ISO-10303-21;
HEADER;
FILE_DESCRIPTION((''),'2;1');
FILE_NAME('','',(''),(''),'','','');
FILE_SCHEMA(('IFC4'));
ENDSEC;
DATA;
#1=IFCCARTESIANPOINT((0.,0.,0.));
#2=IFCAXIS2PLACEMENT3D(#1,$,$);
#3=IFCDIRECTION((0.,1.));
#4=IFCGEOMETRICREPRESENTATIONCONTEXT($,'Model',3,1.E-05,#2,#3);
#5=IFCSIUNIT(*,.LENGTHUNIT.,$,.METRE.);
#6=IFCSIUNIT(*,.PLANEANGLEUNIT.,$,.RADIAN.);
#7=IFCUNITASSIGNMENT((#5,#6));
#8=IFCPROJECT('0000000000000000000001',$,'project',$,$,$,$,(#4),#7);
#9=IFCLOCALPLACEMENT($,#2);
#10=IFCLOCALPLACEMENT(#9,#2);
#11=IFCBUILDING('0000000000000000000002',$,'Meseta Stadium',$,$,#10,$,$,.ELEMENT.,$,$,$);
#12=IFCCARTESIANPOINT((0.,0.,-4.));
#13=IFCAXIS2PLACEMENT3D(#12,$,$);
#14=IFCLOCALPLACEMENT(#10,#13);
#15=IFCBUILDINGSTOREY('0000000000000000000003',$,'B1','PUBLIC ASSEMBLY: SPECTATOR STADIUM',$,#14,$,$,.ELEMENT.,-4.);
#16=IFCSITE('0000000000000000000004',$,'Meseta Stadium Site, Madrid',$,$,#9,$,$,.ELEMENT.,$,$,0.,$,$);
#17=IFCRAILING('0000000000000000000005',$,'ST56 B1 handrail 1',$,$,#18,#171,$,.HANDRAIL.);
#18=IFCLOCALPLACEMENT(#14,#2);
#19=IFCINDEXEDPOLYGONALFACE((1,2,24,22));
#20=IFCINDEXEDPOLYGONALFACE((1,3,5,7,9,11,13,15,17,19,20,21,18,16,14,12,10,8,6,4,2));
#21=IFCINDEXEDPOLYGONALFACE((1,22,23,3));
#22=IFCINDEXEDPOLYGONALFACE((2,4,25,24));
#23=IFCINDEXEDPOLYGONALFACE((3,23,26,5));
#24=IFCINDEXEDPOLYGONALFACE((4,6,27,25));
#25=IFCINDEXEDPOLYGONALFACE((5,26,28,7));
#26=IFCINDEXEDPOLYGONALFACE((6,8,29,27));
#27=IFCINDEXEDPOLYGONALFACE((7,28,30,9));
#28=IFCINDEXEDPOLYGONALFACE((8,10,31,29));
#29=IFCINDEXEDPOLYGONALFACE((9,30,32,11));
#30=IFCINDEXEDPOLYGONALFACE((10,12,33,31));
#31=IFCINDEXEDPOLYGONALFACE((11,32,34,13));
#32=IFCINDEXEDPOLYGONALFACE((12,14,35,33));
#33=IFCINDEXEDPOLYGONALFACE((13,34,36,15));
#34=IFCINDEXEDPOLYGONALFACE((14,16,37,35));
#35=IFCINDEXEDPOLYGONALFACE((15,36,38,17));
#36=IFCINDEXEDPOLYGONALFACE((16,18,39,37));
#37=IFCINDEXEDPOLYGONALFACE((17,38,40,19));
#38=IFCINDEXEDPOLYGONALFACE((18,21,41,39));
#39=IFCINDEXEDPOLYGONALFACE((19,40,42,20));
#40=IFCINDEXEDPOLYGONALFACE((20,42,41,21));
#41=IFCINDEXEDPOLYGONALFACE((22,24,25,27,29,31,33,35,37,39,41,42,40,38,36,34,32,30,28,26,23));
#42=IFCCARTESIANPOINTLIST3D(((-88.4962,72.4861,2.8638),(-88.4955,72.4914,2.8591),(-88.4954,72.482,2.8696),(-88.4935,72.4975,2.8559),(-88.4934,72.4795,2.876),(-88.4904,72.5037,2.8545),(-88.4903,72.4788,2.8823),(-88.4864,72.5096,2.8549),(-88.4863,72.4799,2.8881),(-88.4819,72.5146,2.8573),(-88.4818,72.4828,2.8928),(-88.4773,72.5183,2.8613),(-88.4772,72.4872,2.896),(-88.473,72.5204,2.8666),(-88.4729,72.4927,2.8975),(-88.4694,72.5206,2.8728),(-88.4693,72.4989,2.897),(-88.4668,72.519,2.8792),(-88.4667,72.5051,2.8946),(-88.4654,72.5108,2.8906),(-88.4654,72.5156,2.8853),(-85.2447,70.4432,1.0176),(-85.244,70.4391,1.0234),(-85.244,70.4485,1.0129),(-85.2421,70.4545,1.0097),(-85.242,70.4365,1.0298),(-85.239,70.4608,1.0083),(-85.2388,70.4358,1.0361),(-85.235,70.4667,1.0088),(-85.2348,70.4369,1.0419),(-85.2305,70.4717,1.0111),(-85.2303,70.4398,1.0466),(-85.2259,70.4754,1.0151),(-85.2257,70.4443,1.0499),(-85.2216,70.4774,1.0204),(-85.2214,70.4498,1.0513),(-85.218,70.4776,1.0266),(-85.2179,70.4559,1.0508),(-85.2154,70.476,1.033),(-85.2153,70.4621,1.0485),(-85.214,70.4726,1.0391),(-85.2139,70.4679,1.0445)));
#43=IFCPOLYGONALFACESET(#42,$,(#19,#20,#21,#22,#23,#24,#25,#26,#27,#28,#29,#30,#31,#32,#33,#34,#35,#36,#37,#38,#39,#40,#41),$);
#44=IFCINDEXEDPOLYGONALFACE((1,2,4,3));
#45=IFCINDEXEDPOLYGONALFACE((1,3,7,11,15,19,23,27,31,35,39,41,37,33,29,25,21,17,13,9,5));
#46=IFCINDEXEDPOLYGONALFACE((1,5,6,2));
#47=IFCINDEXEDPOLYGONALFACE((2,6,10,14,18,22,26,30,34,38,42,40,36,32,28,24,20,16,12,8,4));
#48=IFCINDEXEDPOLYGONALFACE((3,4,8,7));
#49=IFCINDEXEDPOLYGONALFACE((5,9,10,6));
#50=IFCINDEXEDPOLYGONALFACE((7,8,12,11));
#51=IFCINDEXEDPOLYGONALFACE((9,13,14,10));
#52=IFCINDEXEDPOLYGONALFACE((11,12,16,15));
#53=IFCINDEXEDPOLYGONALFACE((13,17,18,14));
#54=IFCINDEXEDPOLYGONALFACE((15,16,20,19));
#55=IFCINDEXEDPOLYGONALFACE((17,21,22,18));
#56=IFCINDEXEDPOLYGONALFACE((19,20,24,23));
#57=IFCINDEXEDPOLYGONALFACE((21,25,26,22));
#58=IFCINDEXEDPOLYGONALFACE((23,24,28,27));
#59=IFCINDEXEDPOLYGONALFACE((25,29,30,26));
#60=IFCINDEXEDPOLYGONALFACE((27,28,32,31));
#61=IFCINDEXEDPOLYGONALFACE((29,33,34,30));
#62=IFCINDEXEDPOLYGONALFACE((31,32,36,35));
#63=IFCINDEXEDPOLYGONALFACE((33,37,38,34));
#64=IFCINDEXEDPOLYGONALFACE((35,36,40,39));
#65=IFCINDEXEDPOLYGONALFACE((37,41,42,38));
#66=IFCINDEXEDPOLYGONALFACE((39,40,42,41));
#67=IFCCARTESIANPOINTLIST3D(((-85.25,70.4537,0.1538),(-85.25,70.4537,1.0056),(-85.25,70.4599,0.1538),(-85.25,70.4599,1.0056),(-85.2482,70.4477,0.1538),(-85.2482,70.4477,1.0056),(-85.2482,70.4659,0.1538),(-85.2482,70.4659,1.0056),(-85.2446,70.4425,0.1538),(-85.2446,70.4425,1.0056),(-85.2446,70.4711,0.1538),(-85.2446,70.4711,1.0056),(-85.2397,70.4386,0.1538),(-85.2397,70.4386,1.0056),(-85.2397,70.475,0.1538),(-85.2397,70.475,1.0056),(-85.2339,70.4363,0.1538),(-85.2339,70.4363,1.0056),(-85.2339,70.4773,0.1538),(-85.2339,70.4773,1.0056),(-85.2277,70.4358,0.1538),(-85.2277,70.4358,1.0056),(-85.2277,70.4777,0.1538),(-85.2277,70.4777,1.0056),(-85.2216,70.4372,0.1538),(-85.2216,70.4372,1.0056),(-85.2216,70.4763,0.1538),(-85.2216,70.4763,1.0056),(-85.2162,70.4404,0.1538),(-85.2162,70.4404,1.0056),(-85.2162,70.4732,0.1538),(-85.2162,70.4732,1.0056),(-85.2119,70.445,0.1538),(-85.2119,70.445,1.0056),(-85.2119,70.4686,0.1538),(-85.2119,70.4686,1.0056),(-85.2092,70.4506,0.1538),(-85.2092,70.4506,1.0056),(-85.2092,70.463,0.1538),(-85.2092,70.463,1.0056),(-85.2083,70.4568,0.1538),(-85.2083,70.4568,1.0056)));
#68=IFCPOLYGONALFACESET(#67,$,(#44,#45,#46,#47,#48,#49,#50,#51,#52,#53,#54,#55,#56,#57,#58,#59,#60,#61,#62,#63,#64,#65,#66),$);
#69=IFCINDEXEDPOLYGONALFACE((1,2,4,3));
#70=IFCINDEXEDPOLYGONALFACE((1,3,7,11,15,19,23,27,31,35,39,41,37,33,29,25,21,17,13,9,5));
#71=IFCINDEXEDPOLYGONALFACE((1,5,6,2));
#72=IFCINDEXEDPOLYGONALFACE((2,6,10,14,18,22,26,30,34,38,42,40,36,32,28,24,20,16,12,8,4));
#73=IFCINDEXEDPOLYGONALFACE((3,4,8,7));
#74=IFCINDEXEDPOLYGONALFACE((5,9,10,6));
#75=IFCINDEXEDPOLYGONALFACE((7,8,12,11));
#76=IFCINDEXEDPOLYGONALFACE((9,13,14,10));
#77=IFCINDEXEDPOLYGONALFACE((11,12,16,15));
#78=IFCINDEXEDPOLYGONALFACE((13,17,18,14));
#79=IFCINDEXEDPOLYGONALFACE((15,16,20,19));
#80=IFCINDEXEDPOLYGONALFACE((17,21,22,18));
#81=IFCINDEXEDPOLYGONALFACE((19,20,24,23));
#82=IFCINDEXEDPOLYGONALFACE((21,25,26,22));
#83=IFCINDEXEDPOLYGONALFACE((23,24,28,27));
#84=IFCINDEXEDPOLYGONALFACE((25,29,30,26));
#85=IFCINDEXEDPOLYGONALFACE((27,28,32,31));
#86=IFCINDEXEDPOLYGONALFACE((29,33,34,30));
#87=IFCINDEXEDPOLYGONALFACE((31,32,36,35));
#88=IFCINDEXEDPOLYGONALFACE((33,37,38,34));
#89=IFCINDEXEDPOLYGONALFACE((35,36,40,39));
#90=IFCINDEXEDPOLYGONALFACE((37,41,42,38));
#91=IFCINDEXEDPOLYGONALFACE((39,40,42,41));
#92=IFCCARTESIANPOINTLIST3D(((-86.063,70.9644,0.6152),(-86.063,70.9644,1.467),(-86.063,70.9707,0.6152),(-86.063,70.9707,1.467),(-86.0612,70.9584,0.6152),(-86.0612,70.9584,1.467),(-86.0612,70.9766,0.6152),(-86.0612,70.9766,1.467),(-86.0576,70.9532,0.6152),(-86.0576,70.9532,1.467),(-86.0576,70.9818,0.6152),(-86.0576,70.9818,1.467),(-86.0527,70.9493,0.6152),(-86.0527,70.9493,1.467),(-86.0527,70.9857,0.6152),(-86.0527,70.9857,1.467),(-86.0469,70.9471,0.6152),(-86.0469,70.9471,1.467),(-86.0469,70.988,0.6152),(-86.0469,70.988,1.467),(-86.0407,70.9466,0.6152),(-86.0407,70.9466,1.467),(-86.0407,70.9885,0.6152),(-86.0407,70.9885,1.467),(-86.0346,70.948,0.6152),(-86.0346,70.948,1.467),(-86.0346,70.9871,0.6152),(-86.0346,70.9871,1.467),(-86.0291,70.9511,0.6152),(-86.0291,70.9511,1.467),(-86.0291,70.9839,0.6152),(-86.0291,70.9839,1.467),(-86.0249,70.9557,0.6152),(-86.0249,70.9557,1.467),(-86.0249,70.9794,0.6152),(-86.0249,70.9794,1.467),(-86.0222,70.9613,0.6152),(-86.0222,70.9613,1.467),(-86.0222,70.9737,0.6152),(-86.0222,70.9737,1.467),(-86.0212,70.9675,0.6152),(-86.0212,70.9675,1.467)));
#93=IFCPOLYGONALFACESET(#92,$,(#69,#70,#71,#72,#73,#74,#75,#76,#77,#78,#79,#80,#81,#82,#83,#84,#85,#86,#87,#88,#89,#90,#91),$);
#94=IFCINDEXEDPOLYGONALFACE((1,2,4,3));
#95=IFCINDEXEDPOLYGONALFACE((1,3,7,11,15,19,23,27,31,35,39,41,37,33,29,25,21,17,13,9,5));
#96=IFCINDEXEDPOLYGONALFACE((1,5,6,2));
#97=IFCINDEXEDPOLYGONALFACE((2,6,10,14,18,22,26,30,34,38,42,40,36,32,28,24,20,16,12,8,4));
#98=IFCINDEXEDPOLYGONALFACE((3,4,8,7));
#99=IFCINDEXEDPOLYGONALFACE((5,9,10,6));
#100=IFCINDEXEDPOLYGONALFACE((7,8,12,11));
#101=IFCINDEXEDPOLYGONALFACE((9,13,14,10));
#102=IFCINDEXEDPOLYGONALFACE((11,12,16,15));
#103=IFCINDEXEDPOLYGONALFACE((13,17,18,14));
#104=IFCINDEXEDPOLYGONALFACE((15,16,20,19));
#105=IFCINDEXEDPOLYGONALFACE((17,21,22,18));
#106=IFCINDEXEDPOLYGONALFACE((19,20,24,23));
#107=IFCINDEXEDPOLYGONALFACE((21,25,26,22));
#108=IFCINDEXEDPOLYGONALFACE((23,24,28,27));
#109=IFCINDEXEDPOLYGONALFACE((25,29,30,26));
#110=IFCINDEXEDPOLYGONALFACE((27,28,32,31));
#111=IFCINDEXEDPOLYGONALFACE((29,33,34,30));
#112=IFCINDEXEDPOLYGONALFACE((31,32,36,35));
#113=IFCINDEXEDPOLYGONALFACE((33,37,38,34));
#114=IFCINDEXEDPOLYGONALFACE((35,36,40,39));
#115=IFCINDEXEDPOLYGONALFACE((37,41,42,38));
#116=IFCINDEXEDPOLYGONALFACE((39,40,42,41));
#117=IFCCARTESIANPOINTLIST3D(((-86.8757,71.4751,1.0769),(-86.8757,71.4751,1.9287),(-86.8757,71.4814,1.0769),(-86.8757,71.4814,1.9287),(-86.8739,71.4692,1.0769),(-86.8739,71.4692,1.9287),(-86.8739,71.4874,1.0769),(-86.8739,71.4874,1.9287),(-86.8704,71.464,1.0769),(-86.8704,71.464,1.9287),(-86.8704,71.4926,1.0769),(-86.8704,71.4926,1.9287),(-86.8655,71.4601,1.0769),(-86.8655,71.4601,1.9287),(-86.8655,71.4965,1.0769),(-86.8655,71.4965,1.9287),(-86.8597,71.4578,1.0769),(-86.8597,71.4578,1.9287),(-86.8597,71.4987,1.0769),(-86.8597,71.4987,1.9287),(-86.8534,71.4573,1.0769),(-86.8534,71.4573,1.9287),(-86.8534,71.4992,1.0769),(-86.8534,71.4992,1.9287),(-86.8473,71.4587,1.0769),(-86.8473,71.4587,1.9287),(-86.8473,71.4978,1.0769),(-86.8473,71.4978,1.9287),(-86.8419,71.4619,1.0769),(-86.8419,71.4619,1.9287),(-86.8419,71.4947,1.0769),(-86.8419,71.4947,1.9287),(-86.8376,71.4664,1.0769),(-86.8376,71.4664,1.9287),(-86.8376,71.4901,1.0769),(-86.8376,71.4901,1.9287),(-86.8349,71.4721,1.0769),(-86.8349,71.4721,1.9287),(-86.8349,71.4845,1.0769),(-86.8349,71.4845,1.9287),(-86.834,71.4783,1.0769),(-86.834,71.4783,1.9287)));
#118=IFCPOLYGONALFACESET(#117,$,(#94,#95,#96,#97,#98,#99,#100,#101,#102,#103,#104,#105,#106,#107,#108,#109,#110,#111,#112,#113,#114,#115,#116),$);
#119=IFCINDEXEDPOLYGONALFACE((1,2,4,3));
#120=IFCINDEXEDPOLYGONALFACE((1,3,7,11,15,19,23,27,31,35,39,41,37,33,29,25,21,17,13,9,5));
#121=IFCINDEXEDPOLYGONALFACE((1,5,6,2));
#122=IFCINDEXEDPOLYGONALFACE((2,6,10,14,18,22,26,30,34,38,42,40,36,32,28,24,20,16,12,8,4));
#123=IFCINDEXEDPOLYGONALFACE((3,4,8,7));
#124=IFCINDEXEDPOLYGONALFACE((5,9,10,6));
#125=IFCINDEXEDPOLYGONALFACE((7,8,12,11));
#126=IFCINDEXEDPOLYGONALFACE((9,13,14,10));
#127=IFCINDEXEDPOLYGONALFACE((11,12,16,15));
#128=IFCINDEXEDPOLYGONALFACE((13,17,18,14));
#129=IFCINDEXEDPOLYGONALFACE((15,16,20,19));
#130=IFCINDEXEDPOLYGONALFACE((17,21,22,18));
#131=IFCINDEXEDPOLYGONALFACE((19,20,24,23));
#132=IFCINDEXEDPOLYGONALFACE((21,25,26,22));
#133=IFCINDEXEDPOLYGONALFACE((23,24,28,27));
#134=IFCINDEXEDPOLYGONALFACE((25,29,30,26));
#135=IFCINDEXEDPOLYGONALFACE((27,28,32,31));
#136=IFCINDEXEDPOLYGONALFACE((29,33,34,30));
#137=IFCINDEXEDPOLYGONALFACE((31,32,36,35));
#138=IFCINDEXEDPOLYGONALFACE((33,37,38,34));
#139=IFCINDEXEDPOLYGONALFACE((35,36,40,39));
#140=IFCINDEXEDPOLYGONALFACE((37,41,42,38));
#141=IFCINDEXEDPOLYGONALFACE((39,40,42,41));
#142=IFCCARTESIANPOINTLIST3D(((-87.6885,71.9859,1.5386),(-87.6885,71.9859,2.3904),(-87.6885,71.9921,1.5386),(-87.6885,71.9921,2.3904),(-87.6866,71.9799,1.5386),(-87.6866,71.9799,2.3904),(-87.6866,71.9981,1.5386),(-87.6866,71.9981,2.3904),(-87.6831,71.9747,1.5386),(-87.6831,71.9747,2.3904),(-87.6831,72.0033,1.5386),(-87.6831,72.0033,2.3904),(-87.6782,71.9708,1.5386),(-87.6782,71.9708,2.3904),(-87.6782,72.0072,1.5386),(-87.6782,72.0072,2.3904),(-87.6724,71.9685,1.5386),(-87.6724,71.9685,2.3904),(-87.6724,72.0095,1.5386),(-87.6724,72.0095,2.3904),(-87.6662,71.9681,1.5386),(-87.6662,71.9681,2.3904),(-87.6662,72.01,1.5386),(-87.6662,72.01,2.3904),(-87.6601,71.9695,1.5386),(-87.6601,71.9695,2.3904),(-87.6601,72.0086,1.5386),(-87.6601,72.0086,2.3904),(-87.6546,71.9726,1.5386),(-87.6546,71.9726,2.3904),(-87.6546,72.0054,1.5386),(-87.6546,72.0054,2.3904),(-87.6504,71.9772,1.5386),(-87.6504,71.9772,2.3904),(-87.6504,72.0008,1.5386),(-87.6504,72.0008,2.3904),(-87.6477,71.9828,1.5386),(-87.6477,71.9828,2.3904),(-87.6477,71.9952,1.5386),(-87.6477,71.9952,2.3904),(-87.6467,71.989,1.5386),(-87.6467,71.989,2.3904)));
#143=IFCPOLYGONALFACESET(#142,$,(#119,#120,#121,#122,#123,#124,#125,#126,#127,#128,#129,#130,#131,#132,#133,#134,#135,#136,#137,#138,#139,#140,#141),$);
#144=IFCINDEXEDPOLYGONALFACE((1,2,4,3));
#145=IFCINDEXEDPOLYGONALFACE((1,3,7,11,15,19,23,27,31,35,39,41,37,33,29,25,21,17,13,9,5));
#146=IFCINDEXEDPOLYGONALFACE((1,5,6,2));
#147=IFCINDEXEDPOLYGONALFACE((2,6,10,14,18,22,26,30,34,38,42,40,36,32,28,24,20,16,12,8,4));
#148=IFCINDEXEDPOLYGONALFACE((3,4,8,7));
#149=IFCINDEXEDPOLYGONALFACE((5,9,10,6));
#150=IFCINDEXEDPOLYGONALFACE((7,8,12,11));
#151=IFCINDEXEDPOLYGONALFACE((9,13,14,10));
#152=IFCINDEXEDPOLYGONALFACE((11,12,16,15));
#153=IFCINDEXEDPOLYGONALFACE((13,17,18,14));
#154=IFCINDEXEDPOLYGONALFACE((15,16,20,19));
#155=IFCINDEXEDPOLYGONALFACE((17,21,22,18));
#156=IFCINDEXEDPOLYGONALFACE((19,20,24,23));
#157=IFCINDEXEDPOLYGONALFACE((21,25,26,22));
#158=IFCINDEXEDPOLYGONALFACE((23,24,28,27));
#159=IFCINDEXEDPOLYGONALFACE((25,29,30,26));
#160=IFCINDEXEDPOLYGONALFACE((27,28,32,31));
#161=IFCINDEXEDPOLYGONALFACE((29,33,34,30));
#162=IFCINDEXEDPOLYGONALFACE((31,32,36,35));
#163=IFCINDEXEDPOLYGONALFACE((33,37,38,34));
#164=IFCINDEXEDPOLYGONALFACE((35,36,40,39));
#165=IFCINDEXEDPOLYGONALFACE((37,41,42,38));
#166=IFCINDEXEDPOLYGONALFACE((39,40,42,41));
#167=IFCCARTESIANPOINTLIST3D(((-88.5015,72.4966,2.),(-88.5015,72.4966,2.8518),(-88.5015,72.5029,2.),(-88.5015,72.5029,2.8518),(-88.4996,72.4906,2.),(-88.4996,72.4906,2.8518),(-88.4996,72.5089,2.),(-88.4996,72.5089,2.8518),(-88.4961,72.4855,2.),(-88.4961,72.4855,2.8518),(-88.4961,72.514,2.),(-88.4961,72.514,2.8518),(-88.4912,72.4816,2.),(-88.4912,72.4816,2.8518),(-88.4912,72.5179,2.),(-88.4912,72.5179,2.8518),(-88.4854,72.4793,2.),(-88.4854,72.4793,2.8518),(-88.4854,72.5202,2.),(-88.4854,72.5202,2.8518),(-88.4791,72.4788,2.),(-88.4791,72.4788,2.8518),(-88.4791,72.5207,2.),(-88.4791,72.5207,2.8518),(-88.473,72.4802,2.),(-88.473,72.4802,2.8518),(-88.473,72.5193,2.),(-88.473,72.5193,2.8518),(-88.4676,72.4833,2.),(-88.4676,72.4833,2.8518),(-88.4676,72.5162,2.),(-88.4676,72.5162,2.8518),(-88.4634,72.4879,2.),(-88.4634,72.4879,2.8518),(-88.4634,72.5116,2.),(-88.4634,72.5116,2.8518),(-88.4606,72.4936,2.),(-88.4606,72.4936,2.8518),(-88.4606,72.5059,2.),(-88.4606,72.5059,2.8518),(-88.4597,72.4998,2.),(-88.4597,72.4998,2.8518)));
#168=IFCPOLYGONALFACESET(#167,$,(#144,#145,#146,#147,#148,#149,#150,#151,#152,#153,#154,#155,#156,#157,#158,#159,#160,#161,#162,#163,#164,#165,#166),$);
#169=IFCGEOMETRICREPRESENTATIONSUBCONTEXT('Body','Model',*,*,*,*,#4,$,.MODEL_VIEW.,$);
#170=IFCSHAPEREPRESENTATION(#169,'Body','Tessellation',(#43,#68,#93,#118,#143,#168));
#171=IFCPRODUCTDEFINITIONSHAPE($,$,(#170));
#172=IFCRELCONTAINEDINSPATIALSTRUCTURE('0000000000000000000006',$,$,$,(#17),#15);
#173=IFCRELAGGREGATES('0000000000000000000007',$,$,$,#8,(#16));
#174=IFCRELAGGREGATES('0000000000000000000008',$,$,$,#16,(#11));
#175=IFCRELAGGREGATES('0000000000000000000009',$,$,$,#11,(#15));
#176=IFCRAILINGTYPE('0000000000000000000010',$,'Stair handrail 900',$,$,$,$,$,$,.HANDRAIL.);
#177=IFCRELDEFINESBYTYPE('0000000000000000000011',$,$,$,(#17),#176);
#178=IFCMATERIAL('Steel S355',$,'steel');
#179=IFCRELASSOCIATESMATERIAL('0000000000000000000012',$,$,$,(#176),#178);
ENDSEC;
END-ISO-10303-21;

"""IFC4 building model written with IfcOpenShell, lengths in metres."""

from ifc_helpers import new_model, si_unit, direction, frame, origin, origin_2d, place, context, subcontext, project, spatial, circle, extrude, material, type_object, element, save


model = new_model("IFC4")

# Units and contexts
model_context = context("Model", 3, precision=1e-05, world=origin(), true_north=direction((0.0, 1.0)))
body_context = subcontext(model_context, "Body", "Model", "MODEL_VIEW")
ifc_project = project(units=[si_unit("LENGTHUNIT", "METRE"), si_unit("PLANEANGLEUNIT", "RADIAN")], contexts=[model_context])

# Site, building, storey
site_placement = place(None, origin())
site = spatial("IfcSite", under=ifc_project, at=site_placement, Name="Meseta Stadium Site, Madrid", CompositionType="ELEMENT", RefElevation=0.0)
building_placement = place(site_placement, origin())
building = spatial("IfcBuilding", under=site, at=building_placement, Name="Meseta Stadium", CompositionType="ELEMENT")
storey_placement = place(building_placement, frame((0.0, 0.0, -4.0)))
storey = spatial("IfcBuildingStorey", under=building, at=storey_placement, Name="B1", Description="PUBLIC ASSEMBLY: SPECTATOR STADIUM", CompositionType="ELEMENT", Elevation=-4.0)

# Railing
ifc_material_1 = material(Name="Steel S355", Category="steel")
railing_type_1 = type_object("IfcRailingType", Name="Stair handrail 900", PredefinedType="HANDRAIL", material=ifc_material_1)
railing_1_placement = place(storey_placement, frame((-85.2292, 70.4568, 0.1538)))
element("IfcRailing", 1, at=railing_1_placement, inside=storey, type_object=railing_type_1, Name="ST56 B1 handrail 1", PredefinedType="HANDRAIL", context=body_context, shape_type="SweptSolid", body=[
    extrude(circle(Radius=0.0239, at=origin_2d()), frame((0.0, 0.0, 0.876), z_axis=(-0.763117, 0.479483, 0.4333), x_axis=(-0.53202, -0.846731, 0.0)), (0.0, 0.0, 1.0), 4.2607),
    extrude(circle(Radius=0.021, at=origin_2d()), origin(), (0.0, 0.0, 1.0), 0.8518),
    extrude(circle(Radius=0.021, at=origin_2d()), frame((-0.813, 0.5107, 0.4614)), (0.0, 0.0, 1.0), 0.8518),
    extrude(circle(Radius=0.021, at=origin_2d()), frame((-1.6257, 1.0215, 0.9231)), (0.0, 0.0, 1.0), 0.8518),
    extrude(circle(Radius=0.021, at=origin_2d()), frame((-2.4385, 1.5322, 1.3848)), (0.0, 0.0, 1.0), 0.8518),
    extrude(circle(Radius=0.021, at=origin_2d()), frame((-3.2515, 2.043, 1.8462)), (0.0, 0.0, 1.0), 0.8518),
])

save(model, "model.ifc")
